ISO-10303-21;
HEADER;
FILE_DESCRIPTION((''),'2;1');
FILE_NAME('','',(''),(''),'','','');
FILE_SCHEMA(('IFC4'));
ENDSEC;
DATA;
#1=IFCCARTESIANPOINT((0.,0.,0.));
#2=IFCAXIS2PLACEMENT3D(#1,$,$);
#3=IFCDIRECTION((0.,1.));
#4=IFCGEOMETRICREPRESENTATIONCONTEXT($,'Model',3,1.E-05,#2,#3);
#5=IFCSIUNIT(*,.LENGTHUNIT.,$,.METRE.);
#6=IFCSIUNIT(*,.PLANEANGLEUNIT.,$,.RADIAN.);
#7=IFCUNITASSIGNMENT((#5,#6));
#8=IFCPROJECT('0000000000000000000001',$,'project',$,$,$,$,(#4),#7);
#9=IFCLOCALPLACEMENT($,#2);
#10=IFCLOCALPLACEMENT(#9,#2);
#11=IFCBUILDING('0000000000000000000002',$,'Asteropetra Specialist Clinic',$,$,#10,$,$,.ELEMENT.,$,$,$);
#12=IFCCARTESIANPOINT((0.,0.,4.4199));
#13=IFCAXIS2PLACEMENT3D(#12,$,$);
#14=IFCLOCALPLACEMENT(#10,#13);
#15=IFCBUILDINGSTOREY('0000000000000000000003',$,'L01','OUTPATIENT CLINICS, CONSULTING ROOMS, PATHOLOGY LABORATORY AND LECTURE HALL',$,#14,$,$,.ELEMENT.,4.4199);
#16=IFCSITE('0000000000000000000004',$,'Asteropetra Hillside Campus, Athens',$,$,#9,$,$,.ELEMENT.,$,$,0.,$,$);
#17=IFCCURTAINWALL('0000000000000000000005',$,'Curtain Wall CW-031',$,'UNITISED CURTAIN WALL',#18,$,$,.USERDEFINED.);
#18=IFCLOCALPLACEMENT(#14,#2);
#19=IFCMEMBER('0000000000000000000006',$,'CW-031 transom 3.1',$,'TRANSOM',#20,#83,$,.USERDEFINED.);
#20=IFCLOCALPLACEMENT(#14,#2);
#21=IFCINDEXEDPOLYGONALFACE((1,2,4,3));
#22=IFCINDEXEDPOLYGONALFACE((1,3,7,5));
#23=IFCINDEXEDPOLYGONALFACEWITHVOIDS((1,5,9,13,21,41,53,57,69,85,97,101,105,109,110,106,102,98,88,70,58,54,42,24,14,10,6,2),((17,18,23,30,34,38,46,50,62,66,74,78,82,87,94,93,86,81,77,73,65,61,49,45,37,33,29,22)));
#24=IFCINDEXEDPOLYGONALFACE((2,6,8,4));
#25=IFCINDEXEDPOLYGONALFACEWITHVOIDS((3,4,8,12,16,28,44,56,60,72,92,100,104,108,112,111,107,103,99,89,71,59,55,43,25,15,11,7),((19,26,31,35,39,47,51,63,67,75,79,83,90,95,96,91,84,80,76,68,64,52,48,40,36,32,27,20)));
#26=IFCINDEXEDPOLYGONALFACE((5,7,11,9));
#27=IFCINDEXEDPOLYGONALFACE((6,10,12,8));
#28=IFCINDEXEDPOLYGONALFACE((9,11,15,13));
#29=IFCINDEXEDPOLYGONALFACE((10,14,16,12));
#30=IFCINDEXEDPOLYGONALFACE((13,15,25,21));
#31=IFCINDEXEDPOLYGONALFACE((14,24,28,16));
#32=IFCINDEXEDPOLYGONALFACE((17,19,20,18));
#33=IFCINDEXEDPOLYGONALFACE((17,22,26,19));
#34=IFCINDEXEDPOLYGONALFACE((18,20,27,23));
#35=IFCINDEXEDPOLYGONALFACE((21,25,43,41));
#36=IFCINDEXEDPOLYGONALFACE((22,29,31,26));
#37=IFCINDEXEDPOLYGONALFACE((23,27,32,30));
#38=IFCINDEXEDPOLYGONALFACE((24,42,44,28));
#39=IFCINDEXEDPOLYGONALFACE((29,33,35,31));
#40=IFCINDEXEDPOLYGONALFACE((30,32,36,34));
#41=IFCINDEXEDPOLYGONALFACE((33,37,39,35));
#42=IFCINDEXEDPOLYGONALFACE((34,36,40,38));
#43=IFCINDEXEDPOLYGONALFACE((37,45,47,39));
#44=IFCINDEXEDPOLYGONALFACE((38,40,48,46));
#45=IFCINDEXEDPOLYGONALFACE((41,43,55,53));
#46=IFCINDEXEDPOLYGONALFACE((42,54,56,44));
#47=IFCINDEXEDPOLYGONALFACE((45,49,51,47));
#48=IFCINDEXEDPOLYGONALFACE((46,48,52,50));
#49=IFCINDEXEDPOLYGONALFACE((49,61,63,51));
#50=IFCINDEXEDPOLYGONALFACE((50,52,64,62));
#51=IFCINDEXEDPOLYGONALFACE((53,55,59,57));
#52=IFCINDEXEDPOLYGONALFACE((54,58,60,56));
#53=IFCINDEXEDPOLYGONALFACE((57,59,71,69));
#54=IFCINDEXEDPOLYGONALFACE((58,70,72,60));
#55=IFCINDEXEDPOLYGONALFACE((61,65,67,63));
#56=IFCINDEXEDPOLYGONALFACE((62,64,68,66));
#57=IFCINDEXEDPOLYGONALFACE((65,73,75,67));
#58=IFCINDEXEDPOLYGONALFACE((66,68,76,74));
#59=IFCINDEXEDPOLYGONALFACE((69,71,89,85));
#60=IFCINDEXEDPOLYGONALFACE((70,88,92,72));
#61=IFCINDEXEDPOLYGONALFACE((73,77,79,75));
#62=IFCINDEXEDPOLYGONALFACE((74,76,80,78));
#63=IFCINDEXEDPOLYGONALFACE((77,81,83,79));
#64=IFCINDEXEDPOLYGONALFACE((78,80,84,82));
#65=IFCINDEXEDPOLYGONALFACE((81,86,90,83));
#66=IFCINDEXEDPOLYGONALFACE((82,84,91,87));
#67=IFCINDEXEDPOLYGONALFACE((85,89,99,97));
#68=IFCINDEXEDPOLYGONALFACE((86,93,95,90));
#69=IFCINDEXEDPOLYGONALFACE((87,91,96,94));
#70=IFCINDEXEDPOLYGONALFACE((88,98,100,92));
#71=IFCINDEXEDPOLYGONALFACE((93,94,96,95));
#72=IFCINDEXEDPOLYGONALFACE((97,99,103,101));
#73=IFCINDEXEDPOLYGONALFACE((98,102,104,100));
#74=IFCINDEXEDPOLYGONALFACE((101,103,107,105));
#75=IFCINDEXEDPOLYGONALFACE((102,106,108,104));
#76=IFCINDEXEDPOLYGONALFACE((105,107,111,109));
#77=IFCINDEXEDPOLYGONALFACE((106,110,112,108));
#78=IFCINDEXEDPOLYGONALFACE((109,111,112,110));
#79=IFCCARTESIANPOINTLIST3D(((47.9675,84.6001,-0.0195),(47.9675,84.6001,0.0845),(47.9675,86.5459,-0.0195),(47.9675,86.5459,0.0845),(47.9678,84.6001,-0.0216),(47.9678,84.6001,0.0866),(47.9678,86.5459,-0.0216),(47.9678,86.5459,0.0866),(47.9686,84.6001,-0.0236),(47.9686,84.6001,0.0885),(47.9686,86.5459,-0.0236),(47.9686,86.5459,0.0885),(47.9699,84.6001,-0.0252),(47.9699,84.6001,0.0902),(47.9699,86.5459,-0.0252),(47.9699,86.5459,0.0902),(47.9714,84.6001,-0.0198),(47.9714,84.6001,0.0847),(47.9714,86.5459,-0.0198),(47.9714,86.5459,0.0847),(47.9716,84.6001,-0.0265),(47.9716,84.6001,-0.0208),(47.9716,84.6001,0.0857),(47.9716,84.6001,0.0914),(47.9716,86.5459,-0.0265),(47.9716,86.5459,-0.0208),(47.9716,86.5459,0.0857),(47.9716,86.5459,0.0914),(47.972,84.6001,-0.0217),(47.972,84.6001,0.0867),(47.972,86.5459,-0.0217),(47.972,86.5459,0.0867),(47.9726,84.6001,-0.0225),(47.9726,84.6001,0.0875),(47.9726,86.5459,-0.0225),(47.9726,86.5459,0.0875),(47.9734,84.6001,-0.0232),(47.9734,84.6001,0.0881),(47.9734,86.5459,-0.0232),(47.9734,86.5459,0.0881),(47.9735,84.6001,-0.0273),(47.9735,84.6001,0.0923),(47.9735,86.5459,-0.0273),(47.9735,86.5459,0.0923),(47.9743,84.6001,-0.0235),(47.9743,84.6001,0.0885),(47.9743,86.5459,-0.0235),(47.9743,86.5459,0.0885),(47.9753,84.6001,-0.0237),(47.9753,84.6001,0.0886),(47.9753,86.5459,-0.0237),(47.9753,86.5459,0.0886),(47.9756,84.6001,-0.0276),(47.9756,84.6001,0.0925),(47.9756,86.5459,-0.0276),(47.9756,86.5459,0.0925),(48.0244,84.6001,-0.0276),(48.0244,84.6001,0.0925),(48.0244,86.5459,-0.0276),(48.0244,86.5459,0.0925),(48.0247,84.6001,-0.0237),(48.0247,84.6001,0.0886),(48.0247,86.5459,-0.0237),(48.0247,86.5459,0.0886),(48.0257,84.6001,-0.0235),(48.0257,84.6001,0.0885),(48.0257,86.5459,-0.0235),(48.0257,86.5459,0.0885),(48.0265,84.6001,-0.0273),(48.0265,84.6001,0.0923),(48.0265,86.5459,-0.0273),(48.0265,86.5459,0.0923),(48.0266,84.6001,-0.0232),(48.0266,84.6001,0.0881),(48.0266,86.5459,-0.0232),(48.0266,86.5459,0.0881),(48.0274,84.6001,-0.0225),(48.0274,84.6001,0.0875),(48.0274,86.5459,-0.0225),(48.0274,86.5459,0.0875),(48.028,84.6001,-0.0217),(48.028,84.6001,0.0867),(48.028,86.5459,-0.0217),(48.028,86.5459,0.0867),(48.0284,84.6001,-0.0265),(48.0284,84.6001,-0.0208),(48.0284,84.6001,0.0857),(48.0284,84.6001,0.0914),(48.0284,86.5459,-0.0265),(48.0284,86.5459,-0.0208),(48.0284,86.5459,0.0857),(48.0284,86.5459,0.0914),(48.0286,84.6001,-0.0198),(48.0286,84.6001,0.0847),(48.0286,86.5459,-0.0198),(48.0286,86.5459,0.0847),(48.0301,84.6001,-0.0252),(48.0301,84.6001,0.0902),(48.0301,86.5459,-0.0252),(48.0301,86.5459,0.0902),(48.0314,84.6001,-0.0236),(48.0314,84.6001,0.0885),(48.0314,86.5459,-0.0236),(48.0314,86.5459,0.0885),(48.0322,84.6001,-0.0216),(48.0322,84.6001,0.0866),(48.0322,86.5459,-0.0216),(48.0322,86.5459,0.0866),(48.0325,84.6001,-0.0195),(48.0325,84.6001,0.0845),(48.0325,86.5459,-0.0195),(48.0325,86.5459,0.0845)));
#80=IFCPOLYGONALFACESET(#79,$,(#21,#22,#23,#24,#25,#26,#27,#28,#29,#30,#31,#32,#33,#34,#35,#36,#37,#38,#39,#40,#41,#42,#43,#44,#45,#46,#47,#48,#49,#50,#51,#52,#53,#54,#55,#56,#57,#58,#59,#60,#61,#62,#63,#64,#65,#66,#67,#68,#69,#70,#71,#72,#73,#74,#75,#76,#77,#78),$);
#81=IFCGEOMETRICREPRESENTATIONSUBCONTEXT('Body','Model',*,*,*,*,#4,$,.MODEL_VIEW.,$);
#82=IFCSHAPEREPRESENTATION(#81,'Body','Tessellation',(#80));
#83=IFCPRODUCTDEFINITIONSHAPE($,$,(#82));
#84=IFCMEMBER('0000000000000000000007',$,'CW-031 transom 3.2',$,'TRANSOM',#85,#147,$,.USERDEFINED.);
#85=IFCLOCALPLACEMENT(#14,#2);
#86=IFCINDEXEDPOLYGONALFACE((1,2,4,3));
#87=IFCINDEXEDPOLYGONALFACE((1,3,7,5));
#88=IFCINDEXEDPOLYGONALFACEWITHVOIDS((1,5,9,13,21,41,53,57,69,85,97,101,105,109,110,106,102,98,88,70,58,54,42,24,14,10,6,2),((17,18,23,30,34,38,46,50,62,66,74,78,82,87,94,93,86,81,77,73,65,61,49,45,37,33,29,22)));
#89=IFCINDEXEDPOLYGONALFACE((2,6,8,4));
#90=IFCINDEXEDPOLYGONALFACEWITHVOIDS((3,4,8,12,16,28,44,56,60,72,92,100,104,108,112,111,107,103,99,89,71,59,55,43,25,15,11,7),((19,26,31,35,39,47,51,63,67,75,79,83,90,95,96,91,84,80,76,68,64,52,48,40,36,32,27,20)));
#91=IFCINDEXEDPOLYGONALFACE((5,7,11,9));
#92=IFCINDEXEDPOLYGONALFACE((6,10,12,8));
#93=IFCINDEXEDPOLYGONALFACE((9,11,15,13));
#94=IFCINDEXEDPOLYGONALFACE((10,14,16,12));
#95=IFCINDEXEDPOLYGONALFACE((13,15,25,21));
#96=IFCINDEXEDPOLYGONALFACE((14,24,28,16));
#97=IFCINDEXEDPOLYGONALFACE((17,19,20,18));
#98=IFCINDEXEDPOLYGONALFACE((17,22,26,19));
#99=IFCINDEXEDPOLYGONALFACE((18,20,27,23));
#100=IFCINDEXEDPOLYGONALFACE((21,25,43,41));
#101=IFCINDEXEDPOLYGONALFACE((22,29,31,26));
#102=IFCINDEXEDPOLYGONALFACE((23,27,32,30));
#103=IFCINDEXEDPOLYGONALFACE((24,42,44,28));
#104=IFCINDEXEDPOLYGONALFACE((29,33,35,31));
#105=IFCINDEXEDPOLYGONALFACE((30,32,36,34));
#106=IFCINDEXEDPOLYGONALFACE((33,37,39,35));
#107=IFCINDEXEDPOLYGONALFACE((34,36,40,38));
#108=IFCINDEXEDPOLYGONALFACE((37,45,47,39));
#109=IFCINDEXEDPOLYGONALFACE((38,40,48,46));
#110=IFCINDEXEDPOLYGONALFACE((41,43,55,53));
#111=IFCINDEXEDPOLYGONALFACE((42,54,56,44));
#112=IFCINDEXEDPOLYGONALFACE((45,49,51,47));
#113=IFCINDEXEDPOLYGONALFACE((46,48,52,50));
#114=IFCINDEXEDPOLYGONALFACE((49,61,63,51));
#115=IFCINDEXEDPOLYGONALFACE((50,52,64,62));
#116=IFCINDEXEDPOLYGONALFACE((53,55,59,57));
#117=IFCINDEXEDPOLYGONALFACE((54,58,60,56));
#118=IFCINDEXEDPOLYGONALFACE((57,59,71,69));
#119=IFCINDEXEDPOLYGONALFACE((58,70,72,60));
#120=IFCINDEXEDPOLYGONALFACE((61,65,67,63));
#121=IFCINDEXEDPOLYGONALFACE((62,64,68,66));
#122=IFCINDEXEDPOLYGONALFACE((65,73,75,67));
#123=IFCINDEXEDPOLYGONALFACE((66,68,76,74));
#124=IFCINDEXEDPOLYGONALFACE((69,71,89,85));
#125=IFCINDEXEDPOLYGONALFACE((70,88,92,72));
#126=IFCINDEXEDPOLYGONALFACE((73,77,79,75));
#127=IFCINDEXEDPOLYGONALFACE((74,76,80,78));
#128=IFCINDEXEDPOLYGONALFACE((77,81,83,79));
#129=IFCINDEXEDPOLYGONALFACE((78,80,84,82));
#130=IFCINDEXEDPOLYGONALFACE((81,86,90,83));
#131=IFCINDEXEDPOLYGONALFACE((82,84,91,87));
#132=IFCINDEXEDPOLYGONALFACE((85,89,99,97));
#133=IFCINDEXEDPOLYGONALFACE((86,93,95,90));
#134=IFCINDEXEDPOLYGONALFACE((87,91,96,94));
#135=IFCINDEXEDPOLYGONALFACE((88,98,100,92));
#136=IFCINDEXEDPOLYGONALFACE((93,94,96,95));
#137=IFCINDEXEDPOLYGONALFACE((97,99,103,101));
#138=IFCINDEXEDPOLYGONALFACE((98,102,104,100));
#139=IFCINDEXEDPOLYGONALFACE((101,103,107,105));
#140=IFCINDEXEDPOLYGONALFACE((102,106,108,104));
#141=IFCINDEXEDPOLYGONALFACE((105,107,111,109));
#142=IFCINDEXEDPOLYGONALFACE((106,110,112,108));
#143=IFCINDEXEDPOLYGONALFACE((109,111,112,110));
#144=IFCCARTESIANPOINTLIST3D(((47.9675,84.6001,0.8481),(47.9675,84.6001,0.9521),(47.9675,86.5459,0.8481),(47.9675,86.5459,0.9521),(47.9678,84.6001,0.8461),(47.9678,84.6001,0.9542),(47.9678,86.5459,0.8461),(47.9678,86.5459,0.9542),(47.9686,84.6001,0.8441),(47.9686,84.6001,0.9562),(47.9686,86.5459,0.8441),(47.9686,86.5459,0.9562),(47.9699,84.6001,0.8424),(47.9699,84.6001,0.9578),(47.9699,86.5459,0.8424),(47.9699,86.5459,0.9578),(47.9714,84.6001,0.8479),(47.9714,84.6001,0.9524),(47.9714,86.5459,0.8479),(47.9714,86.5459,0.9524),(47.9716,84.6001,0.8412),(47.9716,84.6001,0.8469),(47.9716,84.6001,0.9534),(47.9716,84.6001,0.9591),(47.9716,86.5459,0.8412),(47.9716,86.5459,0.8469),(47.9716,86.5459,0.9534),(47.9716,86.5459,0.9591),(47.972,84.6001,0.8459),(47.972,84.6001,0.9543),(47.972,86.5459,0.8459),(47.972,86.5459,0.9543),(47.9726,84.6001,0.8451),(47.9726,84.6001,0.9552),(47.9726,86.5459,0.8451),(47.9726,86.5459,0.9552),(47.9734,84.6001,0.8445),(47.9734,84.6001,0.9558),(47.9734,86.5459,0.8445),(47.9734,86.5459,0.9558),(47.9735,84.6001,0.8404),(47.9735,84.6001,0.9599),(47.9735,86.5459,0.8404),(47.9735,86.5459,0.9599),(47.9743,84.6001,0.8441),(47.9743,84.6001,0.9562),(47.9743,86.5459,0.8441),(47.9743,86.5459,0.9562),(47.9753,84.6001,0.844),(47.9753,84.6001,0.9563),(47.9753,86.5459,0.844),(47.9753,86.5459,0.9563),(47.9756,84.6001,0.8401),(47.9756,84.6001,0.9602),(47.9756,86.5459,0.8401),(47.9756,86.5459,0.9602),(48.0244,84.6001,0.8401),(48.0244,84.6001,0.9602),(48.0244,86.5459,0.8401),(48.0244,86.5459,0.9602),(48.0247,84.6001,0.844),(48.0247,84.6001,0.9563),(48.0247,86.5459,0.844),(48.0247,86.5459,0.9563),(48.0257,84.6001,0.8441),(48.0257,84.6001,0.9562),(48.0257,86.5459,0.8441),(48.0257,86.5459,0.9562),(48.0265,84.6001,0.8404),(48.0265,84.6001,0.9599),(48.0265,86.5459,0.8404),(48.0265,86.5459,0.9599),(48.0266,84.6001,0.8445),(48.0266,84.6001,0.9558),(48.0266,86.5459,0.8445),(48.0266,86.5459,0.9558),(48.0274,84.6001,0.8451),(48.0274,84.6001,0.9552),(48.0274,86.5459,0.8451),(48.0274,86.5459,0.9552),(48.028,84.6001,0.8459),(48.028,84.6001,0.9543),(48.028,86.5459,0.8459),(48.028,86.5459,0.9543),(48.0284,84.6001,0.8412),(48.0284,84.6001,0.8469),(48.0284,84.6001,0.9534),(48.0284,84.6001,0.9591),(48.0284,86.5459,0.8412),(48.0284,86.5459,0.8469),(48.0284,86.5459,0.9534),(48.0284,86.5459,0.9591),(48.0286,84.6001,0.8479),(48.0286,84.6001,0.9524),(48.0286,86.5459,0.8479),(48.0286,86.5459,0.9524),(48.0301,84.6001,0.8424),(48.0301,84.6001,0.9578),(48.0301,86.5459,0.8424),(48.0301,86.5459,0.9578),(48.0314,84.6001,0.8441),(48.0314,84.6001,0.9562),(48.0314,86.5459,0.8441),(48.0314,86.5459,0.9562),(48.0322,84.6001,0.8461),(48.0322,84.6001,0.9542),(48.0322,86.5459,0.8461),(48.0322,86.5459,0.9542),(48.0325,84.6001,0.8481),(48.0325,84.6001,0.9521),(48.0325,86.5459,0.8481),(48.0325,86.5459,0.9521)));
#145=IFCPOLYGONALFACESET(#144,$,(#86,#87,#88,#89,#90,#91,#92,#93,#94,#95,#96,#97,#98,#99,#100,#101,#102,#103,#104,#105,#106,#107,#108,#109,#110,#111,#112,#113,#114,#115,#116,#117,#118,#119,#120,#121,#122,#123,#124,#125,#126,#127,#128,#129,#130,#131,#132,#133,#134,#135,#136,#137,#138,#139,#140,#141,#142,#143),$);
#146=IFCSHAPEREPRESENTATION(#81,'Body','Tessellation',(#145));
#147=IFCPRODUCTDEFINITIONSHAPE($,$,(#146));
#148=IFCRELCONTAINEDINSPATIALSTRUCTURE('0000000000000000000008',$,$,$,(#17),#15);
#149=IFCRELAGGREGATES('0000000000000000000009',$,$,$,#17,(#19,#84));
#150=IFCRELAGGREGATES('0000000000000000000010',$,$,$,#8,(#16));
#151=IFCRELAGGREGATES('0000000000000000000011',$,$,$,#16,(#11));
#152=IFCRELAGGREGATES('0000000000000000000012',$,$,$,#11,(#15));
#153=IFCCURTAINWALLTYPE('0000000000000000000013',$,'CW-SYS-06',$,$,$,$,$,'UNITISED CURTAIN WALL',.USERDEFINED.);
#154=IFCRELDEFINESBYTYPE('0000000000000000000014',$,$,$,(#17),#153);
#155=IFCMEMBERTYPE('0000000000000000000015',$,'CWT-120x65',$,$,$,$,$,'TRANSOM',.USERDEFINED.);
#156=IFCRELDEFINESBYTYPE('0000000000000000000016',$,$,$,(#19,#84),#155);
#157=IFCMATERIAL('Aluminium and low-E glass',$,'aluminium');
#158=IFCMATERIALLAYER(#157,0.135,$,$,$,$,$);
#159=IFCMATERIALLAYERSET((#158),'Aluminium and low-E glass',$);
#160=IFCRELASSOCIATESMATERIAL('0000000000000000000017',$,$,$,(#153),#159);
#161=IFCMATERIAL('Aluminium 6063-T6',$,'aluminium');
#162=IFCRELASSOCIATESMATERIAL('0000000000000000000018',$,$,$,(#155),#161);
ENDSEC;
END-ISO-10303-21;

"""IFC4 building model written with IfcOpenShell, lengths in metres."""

from ifc_helpers import new_model, si_unit, direction, frame, origin, origin_2d, place, context, subcontext, project, spatial, hollow_rectangle, extrude, material, layer, layer_set, material_profile, profile_set, type_object, element, aggregate, save


model = new_model("IFC4")

# Units and contexts
model_context = context("Model", 3, precision=1e-05, world=origin(), true_north=direction((0.0, 1.0)))
body_context = subcontext(model_context, "Body", "Model", "MODEL_VIEW")
ifc_project = project(units=[si_unit("LENGTHUNIT", "METRE"), si_unit("PLANEANGLEUNIT", "RADIAN")], contexts=[model_context])

# Site, building, storey
site_placement = place(None, origin())
site = spatial("IfcSite", under=ifc_project, at=site_placement, Name="Asteropetra Hillside Campus, Athens", CompositionType="ELEMENT", RefElevation=0.0)
building_placement = place(site_placement, origin())
building = spatial("IfcBuilding", under=site, at=building_placement, Name="Asteropetra Specialist Clinic", CompositionType="ELEMENT")
storey_placement = place(building_placement, frame((0.0, 0.0, 4.4199)))
storey = spatial("IfcBuildingStorey", under=building, at=storey_placement, Name="L01", Description="OUTPATIENT CLINICS, CONSULTING ROOMS, PATHOLOGY LABORATORY AND LECTURE HALL", CompositionType="ELEMENT", Elevation=4.4199)

# Curtain wall
ifc_material_1 = material(Name="Aluminium and low-E glass", Category="aluminium")
ifc_layer_1 = layer(ifc_material_1, 0.135)
ifc_layer_set_1 = layer_set([ifc_layer_1], Name="Aluminium and low-E glass")
curtain_wall_type_1 = type_object("IfcCurtainWallType", Name="CW-SYS-06", ElementType="UNITISED CURTAIN WALL", PredefinedType="USERDEFINED", material=ifc_layer_set_1)
curtain_wall_1_placement = place(storey_placement, origin())
curtain_wall_1 = element("IfcCurtainWall", 1, at=curtain_wall_1_placement, inside=storey, type_object=curtain_wall_type_1, Name="Curtain Wall CW-031", ObjectType="UNITISED CURTAIN WALL", PredefinedType="USERDEFINED")

# Members
ifc_material_2 = material(Name="Aluminium 6063-T6", Category="aluminium")
ifc_material_profile_1 = material_profile(ifc_material_2, hollow_rectangle(XDim=0.0649, YDim=0.1201, WallThickness=0.0039, InnerFilletRadius=0.0039, OuterFilletRadius=0.0081, at=origin_2d()), Name="TRN 120x65x4.0")
ifc_profile_set_1 = profile_set([ifc_material_profile_1], Name="Aluminium 6063-T6")
member_type_1 = type_object("IfcMemberType", Name="CWT-120x65", ElementType="TRANSOM", PredefinedType="USERDEFINED", material=ifc_profile_set_1)
member_1_placement = place(storey_placement, frame((48.0, 86.5459, 0.0325), z_axis=(0.0, -1.0, 0.0), x_axis=(1.0, 0.0, 0.0)))
member_1 = element("IfcMember", 2, at=member_1_placement, type_object=member_type_1, Name="CW-031 transom 3.1", ObjectType="TRANSOM", PredefinedType="USERDEFINED", context=body_context, shape_type="SweptSolid", body=[
    extrude(hollow_rectangle(XDim=0.0649, YDim=0.1201, WallThickness=0.0039, InnerFilletRadius=0.0039, OuterFilletRadius=0.0081, at=origin_2d()), origin(), (0.0, 0.0, 1.0), 1.9458),
])
member_2_placement = place(storey_placement, frame((48.0, 86.5459, 0.9001), z_axis=(0.0, -1.0, 0.0), x_axis=(1.0, 0.0, 0.0)))
member_2 = element("IfcMember", 3, at=member_2_placement, type_object=member_type_1, Name="CW-031 transom 3.2", ObjectType="TRANSOM", PredefinedType="USERDEFINED", context=body_context, shape_type="SweptSolid", body=[
    extrude(hollow_rectangle(XDim=0.0649, YDim=0.1201, WallThickness=0.0039, InnerFilletRadius=0.0039, OuterFilletRadius=0.0081, at=origin_2d()), origin(), (0.0, 0.0, 1.0), 1.9458),
])

aggregate(curtain_wall_1, [member_1, member_2])

save(model, "model.ifc")
